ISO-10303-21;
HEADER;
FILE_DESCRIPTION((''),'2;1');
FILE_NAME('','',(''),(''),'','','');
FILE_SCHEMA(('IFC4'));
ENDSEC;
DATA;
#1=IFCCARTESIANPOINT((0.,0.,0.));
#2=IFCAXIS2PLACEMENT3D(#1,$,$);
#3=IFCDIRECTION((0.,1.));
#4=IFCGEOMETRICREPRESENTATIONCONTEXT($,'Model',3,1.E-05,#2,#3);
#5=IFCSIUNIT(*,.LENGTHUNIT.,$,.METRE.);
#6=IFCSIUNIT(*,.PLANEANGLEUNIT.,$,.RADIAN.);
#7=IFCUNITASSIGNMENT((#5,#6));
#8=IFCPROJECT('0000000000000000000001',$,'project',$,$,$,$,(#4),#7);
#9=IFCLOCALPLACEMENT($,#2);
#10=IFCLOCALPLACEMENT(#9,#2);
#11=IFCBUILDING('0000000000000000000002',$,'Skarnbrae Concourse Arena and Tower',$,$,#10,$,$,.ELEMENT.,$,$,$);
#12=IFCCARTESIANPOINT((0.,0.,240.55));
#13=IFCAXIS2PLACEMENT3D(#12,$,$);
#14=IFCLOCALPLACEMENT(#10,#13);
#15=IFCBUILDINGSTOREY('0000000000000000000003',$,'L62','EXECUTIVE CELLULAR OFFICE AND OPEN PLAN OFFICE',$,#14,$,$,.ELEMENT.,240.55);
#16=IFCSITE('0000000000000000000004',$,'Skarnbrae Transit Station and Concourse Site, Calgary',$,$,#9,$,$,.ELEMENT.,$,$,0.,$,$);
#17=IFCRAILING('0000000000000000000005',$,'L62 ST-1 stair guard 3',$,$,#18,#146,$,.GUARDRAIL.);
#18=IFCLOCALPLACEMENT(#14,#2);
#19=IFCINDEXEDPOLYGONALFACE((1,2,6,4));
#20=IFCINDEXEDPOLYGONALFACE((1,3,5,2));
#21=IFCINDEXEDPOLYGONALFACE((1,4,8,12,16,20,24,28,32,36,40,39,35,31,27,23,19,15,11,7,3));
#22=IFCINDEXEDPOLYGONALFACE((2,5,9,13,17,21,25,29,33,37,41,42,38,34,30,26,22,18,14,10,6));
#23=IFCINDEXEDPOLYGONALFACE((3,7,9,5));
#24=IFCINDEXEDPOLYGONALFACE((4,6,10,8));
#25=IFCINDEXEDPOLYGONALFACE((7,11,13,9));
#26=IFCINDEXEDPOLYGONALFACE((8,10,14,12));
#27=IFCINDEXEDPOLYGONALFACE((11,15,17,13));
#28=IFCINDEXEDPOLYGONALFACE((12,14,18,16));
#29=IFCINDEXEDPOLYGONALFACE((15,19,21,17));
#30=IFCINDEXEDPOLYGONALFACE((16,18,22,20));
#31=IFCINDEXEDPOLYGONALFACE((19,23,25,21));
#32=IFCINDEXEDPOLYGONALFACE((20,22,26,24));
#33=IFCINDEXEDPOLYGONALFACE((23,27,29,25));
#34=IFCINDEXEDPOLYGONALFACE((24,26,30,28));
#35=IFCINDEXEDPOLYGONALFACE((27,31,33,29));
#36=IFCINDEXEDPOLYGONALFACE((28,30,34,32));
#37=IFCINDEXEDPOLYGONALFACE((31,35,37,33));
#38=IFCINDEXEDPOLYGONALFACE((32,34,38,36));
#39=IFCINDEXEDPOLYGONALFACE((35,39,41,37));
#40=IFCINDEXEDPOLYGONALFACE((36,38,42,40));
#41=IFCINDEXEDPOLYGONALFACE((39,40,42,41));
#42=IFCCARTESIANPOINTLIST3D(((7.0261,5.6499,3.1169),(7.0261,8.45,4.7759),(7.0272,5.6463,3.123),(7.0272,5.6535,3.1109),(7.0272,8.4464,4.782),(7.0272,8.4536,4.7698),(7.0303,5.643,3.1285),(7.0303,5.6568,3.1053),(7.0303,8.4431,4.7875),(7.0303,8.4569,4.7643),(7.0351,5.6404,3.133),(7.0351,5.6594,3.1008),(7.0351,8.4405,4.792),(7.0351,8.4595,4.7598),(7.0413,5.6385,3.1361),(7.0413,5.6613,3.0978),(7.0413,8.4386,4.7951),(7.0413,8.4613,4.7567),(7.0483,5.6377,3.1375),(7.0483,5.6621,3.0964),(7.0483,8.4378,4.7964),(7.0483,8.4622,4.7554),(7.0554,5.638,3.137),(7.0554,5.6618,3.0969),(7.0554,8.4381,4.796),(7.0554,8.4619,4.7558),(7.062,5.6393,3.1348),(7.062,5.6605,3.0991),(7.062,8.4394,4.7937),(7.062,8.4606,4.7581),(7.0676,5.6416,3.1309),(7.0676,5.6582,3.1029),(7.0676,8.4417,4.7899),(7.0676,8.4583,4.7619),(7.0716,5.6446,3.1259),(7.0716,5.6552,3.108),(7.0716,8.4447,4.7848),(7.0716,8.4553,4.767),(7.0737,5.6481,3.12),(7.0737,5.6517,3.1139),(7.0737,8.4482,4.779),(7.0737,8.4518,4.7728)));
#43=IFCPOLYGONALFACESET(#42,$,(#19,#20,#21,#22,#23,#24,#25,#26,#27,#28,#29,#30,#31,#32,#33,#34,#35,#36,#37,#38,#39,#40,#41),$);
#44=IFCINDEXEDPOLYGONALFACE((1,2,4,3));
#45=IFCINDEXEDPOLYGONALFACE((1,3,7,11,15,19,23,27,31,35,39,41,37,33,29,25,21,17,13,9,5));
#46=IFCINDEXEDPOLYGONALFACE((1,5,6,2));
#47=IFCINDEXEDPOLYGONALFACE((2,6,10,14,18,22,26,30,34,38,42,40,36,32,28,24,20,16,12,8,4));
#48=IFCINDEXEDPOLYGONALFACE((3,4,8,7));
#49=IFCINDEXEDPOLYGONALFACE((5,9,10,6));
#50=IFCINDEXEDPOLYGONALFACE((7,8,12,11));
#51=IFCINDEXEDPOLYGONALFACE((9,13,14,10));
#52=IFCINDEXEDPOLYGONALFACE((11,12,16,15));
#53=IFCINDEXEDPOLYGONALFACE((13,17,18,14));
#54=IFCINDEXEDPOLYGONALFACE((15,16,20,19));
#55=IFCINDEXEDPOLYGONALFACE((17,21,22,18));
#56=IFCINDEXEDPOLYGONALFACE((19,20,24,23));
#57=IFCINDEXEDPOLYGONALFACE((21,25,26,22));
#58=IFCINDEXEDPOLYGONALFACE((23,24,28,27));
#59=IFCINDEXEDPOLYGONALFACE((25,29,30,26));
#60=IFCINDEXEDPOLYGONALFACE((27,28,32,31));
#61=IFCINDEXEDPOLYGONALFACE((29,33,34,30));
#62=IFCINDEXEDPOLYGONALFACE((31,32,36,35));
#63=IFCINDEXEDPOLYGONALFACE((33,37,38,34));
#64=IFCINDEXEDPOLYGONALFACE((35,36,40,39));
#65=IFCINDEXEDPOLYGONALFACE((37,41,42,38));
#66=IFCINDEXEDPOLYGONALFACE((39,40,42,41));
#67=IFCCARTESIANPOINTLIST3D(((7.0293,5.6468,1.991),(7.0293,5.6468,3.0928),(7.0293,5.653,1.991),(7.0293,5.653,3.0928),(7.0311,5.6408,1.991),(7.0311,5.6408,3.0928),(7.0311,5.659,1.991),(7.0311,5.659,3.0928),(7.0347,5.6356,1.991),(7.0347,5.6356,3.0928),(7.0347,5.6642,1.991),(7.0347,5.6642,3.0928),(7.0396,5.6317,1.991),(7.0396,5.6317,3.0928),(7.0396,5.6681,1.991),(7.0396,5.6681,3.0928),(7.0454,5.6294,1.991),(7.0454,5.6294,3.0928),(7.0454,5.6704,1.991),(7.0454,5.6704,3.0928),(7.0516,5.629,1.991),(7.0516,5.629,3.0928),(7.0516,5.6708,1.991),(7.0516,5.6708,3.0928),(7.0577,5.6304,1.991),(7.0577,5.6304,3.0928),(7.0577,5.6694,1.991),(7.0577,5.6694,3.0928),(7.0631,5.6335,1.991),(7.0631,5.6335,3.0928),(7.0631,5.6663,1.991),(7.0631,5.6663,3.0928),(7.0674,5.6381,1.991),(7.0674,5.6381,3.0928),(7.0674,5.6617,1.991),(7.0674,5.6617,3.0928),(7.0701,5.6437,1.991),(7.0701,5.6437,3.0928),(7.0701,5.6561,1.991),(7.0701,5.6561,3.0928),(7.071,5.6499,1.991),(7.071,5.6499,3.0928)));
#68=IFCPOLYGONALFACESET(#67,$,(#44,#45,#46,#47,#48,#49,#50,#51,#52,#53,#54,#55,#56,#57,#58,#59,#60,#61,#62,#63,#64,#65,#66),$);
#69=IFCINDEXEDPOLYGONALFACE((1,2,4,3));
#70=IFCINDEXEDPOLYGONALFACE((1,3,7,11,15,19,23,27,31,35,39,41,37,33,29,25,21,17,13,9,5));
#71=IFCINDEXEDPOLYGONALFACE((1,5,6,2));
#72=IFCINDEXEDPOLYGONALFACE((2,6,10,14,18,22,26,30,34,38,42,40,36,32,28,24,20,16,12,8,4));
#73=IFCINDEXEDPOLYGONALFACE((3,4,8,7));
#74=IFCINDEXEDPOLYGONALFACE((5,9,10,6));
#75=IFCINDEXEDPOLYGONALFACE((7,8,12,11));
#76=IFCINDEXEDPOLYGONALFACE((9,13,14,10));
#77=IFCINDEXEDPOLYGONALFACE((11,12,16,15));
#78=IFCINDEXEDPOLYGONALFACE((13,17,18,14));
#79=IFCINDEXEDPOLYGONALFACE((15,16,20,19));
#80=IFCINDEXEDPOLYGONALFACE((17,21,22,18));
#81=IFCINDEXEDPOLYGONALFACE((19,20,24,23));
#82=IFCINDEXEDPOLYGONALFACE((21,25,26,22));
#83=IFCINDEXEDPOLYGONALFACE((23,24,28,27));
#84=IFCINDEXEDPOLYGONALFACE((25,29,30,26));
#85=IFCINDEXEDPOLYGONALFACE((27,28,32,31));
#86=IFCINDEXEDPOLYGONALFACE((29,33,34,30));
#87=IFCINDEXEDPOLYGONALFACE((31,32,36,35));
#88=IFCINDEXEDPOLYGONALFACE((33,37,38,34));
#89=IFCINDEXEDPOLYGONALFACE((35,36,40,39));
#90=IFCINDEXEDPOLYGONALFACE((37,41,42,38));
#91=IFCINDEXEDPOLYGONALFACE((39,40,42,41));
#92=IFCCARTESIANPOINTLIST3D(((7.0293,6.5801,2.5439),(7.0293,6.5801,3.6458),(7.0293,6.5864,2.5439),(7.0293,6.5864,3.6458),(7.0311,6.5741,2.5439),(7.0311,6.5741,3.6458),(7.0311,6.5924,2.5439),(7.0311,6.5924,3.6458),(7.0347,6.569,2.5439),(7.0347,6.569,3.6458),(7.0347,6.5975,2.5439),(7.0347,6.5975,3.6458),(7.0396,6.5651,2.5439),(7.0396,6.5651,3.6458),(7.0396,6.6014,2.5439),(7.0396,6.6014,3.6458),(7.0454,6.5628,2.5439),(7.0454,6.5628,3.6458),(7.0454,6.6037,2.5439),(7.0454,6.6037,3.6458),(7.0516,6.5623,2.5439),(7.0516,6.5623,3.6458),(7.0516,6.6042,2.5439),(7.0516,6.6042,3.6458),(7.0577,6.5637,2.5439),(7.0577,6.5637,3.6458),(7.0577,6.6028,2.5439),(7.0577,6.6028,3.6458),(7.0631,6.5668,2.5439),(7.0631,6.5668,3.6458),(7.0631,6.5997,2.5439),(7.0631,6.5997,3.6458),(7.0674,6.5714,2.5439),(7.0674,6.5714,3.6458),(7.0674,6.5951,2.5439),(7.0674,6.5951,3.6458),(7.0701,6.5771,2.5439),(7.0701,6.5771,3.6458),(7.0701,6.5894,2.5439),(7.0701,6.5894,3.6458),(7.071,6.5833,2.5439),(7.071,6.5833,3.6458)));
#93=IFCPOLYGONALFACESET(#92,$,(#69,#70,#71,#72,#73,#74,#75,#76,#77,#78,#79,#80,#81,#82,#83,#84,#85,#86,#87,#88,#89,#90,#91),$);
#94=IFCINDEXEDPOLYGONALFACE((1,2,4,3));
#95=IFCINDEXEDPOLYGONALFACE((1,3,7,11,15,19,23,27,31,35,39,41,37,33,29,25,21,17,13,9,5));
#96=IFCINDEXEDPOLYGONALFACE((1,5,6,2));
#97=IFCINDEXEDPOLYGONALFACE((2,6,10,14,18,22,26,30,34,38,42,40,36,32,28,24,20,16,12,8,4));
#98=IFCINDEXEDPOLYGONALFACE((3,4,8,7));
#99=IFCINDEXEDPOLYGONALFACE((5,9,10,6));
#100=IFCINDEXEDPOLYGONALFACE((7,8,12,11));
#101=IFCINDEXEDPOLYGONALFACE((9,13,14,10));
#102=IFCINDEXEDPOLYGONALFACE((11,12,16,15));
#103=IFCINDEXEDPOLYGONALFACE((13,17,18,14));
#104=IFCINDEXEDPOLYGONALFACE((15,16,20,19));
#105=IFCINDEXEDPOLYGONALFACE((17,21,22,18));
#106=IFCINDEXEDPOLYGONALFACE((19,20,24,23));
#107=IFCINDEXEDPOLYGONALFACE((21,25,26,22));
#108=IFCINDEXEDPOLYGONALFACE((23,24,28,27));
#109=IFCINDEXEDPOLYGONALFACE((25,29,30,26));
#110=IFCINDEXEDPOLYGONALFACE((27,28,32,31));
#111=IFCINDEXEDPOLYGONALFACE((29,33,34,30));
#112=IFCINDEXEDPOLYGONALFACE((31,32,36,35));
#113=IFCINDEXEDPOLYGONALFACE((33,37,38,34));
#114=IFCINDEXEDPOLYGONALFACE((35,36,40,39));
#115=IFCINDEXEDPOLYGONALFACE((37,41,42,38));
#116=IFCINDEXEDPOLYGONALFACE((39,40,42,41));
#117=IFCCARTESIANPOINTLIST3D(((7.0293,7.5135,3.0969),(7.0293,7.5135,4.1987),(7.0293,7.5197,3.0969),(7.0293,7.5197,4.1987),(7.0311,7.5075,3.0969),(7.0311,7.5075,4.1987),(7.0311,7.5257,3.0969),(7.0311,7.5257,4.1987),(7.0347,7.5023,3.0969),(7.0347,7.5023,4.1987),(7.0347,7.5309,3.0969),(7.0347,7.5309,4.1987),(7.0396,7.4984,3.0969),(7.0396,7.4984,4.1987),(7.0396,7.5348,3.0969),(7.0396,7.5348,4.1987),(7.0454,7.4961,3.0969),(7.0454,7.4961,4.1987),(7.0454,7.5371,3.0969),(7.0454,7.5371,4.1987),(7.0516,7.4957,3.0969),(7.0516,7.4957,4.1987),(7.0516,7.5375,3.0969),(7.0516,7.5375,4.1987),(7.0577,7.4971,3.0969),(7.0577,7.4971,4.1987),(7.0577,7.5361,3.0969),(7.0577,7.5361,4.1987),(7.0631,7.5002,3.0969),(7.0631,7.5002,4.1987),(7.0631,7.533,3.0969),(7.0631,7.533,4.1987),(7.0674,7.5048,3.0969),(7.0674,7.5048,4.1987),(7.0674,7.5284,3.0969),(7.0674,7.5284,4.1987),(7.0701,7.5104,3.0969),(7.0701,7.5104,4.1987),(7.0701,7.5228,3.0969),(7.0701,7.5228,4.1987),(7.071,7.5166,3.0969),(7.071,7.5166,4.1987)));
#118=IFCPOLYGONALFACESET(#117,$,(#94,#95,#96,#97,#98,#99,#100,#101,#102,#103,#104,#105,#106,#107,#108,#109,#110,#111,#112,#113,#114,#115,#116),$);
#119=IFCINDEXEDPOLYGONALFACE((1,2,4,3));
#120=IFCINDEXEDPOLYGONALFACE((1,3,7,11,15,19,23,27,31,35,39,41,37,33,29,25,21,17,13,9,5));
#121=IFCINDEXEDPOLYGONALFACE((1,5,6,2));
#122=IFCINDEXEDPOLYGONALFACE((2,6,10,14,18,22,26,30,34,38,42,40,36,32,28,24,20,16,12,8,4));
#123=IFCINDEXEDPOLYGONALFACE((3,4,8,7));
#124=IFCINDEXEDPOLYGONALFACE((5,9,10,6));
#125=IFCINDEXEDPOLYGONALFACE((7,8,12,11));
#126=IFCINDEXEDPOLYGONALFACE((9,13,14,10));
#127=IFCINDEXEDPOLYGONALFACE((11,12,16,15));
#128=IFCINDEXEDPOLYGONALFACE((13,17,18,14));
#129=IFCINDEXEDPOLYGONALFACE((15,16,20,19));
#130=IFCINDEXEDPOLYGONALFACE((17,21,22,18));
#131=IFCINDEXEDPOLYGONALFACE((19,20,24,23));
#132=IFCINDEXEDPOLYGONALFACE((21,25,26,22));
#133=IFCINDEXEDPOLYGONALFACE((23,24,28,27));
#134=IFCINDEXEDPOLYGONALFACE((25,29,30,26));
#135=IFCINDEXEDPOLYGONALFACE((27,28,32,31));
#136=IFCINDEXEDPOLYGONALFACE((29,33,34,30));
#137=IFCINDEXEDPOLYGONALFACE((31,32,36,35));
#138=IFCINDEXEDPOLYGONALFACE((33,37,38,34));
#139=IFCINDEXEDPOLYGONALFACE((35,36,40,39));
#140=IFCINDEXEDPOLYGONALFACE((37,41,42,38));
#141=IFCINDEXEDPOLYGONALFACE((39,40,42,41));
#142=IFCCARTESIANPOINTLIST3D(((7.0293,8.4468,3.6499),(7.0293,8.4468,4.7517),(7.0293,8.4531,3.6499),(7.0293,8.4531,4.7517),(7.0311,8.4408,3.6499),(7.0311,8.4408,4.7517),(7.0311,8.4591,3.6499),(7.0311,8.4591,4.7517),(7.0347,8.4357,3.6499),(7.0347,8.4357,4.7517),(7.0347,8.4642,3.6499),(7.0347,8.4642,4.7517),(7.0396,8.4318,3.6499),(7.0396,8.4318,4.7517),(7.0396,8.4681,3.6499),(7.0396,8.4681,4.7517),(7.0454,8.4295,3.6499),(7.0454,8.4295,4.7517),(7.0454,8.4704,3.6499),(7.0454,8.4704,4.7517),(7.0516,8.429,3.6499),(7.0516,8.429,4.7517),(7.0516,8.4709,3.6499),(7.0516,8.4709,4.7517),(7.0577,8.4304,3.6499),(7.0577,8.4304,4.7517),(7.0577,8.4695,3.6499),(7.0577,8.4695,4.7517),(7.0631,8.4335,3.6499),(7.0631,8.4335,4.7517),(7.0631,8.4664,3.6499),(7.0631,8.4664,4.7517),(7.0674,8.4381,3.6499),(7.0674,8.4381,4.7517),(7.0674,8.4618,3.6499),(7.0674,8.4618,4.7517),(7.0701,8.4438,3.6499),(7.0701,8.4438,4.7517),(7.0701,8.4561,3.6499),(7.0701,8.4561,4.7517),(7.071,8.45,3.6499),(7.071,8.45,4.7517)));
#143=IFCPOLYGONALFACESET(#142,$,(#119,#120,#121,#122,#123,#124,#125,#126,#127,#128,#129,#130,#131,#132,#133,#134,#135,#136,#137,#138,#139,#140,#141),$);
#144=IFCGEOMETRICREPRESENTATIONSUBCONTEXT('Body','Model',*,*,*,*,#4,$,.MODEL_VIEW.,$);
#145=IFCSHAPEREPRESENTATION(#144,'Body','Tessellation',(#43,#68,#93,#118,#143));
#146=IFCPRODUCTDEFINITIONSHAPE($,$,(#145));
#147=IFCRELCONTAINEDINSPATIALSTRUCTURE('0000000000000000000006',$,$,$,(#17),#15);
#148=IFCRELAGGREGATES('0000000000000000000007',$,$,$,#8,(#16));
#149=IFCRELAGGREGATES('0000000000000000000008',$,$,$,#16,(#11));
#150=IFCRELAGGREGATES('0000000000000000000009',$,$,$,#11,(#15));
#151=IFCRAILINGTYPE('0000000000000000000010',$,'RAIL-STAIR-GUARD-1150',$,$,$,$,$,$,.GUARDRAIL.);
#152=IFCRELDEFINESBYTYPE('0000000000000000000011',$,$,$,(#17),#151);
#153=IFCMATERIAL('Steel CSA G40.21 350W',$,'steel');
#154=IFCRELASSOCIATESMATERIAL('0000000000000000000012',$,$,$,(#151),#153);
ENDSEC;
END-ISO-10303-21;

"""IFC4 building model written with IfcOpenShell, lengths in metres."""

from ifc_helpers import new_model, si_unit, direction, frame, origin, origin_2d, place, context, subcontext, project, spatial, circle, extrude, material, type_object, element, save


model = new_model("IFC4")

# Units and contexts
model_context = context("Model", 3, precision=1e-05, world=origin(), true_north=direction((0.0, 1.0)))
body_context = subcontext(model_context, "Body", "Model", "MODEL_VIEW")
ifc_project = project(units=[si_unit("LENGTHUNIT", "METRE"), si_unit("PLANEANGLEUNIT", "RADIAN")], contexts=[model_context])

# Site, building, storey
site_placement = place(None, origin())
site = spatial("IfcSite", under=ifc_project, at=site_placement, Name="Skarnbrae Transit Station and Concourse Site, Calgary", CompositionType="ELEMENT", RefElevation=0.0)
building_placement = place(site_placement, origin())
building = spatial("IfcBuilding", under=site, at=building_placement, Name="Skarnbrae Concourse Arena and Tower", CompositionType="ELEMENT")
storey_placement = place(building_placement, frame((0.0, 0.0, 240.55)))
storey = spatial("IfcBuildingStorey", under=building, at=storey_placement, Name="L62", Description="EXECUTIVE CELLULAR OFFICE AND OPEN PLAN OFFICE", CompositionType="ELEMENT", Elevation=240.55)

# Shared definitions
ifc_material_1 = material(Name="Steel CSA G40.21 350W", Category="steel")

# Railing
railing_type_1 = type_object("IfcRailingType", Name="RAIL-STAIR-GUARD-1150", PredefinedType="GUARDRAIL", material=ifc_material_1)
railing_1_placement = place(storey_placement, frame((7.05, 5.6499, 1.991)))
element("IfcRailing", 1, at=railing_1_placement, inside=storey, type_object=railing_type_1, Name="L62 ST-1 stair guard 3", PredefinedType="GUARDRAIL", context=body_context, shape_type="SweptSolid", body=[
    extrude(circle(Radius=0.0239, at=origin_2d()), frame((0.0, 0.0, 1.126), z_axis=(0.0, 0.860339, 0.509722), x_axis=(-1.0, 0.0, 0.0)), (0.0, 0.0, 1.0), 3.2546),
    extrude(circle(Radius=0.021, at=origin_2d()), origin(), (0.0, 0.0, 1.0), 1.1018),
    extrude(circle(Radius=0.021, at=origin_2d()), frame((0.0, 0.9333, 0.553)), (0.0, 0.0, 1.0), 1.1018),
    extrude(circle(Radius=0.021, at=origin_2d()), frame((0.0, 1.8667, 1.106)), (0.0, 0.0, 1.0), 1.1018),
    extrude(circle(Radius=0.021, at=origin_2d()), frame((0.0, 2.8, 1.6589)), (0.0, 0.0, 1.0), 1.1018),
])

save(model, "model.ifc")
